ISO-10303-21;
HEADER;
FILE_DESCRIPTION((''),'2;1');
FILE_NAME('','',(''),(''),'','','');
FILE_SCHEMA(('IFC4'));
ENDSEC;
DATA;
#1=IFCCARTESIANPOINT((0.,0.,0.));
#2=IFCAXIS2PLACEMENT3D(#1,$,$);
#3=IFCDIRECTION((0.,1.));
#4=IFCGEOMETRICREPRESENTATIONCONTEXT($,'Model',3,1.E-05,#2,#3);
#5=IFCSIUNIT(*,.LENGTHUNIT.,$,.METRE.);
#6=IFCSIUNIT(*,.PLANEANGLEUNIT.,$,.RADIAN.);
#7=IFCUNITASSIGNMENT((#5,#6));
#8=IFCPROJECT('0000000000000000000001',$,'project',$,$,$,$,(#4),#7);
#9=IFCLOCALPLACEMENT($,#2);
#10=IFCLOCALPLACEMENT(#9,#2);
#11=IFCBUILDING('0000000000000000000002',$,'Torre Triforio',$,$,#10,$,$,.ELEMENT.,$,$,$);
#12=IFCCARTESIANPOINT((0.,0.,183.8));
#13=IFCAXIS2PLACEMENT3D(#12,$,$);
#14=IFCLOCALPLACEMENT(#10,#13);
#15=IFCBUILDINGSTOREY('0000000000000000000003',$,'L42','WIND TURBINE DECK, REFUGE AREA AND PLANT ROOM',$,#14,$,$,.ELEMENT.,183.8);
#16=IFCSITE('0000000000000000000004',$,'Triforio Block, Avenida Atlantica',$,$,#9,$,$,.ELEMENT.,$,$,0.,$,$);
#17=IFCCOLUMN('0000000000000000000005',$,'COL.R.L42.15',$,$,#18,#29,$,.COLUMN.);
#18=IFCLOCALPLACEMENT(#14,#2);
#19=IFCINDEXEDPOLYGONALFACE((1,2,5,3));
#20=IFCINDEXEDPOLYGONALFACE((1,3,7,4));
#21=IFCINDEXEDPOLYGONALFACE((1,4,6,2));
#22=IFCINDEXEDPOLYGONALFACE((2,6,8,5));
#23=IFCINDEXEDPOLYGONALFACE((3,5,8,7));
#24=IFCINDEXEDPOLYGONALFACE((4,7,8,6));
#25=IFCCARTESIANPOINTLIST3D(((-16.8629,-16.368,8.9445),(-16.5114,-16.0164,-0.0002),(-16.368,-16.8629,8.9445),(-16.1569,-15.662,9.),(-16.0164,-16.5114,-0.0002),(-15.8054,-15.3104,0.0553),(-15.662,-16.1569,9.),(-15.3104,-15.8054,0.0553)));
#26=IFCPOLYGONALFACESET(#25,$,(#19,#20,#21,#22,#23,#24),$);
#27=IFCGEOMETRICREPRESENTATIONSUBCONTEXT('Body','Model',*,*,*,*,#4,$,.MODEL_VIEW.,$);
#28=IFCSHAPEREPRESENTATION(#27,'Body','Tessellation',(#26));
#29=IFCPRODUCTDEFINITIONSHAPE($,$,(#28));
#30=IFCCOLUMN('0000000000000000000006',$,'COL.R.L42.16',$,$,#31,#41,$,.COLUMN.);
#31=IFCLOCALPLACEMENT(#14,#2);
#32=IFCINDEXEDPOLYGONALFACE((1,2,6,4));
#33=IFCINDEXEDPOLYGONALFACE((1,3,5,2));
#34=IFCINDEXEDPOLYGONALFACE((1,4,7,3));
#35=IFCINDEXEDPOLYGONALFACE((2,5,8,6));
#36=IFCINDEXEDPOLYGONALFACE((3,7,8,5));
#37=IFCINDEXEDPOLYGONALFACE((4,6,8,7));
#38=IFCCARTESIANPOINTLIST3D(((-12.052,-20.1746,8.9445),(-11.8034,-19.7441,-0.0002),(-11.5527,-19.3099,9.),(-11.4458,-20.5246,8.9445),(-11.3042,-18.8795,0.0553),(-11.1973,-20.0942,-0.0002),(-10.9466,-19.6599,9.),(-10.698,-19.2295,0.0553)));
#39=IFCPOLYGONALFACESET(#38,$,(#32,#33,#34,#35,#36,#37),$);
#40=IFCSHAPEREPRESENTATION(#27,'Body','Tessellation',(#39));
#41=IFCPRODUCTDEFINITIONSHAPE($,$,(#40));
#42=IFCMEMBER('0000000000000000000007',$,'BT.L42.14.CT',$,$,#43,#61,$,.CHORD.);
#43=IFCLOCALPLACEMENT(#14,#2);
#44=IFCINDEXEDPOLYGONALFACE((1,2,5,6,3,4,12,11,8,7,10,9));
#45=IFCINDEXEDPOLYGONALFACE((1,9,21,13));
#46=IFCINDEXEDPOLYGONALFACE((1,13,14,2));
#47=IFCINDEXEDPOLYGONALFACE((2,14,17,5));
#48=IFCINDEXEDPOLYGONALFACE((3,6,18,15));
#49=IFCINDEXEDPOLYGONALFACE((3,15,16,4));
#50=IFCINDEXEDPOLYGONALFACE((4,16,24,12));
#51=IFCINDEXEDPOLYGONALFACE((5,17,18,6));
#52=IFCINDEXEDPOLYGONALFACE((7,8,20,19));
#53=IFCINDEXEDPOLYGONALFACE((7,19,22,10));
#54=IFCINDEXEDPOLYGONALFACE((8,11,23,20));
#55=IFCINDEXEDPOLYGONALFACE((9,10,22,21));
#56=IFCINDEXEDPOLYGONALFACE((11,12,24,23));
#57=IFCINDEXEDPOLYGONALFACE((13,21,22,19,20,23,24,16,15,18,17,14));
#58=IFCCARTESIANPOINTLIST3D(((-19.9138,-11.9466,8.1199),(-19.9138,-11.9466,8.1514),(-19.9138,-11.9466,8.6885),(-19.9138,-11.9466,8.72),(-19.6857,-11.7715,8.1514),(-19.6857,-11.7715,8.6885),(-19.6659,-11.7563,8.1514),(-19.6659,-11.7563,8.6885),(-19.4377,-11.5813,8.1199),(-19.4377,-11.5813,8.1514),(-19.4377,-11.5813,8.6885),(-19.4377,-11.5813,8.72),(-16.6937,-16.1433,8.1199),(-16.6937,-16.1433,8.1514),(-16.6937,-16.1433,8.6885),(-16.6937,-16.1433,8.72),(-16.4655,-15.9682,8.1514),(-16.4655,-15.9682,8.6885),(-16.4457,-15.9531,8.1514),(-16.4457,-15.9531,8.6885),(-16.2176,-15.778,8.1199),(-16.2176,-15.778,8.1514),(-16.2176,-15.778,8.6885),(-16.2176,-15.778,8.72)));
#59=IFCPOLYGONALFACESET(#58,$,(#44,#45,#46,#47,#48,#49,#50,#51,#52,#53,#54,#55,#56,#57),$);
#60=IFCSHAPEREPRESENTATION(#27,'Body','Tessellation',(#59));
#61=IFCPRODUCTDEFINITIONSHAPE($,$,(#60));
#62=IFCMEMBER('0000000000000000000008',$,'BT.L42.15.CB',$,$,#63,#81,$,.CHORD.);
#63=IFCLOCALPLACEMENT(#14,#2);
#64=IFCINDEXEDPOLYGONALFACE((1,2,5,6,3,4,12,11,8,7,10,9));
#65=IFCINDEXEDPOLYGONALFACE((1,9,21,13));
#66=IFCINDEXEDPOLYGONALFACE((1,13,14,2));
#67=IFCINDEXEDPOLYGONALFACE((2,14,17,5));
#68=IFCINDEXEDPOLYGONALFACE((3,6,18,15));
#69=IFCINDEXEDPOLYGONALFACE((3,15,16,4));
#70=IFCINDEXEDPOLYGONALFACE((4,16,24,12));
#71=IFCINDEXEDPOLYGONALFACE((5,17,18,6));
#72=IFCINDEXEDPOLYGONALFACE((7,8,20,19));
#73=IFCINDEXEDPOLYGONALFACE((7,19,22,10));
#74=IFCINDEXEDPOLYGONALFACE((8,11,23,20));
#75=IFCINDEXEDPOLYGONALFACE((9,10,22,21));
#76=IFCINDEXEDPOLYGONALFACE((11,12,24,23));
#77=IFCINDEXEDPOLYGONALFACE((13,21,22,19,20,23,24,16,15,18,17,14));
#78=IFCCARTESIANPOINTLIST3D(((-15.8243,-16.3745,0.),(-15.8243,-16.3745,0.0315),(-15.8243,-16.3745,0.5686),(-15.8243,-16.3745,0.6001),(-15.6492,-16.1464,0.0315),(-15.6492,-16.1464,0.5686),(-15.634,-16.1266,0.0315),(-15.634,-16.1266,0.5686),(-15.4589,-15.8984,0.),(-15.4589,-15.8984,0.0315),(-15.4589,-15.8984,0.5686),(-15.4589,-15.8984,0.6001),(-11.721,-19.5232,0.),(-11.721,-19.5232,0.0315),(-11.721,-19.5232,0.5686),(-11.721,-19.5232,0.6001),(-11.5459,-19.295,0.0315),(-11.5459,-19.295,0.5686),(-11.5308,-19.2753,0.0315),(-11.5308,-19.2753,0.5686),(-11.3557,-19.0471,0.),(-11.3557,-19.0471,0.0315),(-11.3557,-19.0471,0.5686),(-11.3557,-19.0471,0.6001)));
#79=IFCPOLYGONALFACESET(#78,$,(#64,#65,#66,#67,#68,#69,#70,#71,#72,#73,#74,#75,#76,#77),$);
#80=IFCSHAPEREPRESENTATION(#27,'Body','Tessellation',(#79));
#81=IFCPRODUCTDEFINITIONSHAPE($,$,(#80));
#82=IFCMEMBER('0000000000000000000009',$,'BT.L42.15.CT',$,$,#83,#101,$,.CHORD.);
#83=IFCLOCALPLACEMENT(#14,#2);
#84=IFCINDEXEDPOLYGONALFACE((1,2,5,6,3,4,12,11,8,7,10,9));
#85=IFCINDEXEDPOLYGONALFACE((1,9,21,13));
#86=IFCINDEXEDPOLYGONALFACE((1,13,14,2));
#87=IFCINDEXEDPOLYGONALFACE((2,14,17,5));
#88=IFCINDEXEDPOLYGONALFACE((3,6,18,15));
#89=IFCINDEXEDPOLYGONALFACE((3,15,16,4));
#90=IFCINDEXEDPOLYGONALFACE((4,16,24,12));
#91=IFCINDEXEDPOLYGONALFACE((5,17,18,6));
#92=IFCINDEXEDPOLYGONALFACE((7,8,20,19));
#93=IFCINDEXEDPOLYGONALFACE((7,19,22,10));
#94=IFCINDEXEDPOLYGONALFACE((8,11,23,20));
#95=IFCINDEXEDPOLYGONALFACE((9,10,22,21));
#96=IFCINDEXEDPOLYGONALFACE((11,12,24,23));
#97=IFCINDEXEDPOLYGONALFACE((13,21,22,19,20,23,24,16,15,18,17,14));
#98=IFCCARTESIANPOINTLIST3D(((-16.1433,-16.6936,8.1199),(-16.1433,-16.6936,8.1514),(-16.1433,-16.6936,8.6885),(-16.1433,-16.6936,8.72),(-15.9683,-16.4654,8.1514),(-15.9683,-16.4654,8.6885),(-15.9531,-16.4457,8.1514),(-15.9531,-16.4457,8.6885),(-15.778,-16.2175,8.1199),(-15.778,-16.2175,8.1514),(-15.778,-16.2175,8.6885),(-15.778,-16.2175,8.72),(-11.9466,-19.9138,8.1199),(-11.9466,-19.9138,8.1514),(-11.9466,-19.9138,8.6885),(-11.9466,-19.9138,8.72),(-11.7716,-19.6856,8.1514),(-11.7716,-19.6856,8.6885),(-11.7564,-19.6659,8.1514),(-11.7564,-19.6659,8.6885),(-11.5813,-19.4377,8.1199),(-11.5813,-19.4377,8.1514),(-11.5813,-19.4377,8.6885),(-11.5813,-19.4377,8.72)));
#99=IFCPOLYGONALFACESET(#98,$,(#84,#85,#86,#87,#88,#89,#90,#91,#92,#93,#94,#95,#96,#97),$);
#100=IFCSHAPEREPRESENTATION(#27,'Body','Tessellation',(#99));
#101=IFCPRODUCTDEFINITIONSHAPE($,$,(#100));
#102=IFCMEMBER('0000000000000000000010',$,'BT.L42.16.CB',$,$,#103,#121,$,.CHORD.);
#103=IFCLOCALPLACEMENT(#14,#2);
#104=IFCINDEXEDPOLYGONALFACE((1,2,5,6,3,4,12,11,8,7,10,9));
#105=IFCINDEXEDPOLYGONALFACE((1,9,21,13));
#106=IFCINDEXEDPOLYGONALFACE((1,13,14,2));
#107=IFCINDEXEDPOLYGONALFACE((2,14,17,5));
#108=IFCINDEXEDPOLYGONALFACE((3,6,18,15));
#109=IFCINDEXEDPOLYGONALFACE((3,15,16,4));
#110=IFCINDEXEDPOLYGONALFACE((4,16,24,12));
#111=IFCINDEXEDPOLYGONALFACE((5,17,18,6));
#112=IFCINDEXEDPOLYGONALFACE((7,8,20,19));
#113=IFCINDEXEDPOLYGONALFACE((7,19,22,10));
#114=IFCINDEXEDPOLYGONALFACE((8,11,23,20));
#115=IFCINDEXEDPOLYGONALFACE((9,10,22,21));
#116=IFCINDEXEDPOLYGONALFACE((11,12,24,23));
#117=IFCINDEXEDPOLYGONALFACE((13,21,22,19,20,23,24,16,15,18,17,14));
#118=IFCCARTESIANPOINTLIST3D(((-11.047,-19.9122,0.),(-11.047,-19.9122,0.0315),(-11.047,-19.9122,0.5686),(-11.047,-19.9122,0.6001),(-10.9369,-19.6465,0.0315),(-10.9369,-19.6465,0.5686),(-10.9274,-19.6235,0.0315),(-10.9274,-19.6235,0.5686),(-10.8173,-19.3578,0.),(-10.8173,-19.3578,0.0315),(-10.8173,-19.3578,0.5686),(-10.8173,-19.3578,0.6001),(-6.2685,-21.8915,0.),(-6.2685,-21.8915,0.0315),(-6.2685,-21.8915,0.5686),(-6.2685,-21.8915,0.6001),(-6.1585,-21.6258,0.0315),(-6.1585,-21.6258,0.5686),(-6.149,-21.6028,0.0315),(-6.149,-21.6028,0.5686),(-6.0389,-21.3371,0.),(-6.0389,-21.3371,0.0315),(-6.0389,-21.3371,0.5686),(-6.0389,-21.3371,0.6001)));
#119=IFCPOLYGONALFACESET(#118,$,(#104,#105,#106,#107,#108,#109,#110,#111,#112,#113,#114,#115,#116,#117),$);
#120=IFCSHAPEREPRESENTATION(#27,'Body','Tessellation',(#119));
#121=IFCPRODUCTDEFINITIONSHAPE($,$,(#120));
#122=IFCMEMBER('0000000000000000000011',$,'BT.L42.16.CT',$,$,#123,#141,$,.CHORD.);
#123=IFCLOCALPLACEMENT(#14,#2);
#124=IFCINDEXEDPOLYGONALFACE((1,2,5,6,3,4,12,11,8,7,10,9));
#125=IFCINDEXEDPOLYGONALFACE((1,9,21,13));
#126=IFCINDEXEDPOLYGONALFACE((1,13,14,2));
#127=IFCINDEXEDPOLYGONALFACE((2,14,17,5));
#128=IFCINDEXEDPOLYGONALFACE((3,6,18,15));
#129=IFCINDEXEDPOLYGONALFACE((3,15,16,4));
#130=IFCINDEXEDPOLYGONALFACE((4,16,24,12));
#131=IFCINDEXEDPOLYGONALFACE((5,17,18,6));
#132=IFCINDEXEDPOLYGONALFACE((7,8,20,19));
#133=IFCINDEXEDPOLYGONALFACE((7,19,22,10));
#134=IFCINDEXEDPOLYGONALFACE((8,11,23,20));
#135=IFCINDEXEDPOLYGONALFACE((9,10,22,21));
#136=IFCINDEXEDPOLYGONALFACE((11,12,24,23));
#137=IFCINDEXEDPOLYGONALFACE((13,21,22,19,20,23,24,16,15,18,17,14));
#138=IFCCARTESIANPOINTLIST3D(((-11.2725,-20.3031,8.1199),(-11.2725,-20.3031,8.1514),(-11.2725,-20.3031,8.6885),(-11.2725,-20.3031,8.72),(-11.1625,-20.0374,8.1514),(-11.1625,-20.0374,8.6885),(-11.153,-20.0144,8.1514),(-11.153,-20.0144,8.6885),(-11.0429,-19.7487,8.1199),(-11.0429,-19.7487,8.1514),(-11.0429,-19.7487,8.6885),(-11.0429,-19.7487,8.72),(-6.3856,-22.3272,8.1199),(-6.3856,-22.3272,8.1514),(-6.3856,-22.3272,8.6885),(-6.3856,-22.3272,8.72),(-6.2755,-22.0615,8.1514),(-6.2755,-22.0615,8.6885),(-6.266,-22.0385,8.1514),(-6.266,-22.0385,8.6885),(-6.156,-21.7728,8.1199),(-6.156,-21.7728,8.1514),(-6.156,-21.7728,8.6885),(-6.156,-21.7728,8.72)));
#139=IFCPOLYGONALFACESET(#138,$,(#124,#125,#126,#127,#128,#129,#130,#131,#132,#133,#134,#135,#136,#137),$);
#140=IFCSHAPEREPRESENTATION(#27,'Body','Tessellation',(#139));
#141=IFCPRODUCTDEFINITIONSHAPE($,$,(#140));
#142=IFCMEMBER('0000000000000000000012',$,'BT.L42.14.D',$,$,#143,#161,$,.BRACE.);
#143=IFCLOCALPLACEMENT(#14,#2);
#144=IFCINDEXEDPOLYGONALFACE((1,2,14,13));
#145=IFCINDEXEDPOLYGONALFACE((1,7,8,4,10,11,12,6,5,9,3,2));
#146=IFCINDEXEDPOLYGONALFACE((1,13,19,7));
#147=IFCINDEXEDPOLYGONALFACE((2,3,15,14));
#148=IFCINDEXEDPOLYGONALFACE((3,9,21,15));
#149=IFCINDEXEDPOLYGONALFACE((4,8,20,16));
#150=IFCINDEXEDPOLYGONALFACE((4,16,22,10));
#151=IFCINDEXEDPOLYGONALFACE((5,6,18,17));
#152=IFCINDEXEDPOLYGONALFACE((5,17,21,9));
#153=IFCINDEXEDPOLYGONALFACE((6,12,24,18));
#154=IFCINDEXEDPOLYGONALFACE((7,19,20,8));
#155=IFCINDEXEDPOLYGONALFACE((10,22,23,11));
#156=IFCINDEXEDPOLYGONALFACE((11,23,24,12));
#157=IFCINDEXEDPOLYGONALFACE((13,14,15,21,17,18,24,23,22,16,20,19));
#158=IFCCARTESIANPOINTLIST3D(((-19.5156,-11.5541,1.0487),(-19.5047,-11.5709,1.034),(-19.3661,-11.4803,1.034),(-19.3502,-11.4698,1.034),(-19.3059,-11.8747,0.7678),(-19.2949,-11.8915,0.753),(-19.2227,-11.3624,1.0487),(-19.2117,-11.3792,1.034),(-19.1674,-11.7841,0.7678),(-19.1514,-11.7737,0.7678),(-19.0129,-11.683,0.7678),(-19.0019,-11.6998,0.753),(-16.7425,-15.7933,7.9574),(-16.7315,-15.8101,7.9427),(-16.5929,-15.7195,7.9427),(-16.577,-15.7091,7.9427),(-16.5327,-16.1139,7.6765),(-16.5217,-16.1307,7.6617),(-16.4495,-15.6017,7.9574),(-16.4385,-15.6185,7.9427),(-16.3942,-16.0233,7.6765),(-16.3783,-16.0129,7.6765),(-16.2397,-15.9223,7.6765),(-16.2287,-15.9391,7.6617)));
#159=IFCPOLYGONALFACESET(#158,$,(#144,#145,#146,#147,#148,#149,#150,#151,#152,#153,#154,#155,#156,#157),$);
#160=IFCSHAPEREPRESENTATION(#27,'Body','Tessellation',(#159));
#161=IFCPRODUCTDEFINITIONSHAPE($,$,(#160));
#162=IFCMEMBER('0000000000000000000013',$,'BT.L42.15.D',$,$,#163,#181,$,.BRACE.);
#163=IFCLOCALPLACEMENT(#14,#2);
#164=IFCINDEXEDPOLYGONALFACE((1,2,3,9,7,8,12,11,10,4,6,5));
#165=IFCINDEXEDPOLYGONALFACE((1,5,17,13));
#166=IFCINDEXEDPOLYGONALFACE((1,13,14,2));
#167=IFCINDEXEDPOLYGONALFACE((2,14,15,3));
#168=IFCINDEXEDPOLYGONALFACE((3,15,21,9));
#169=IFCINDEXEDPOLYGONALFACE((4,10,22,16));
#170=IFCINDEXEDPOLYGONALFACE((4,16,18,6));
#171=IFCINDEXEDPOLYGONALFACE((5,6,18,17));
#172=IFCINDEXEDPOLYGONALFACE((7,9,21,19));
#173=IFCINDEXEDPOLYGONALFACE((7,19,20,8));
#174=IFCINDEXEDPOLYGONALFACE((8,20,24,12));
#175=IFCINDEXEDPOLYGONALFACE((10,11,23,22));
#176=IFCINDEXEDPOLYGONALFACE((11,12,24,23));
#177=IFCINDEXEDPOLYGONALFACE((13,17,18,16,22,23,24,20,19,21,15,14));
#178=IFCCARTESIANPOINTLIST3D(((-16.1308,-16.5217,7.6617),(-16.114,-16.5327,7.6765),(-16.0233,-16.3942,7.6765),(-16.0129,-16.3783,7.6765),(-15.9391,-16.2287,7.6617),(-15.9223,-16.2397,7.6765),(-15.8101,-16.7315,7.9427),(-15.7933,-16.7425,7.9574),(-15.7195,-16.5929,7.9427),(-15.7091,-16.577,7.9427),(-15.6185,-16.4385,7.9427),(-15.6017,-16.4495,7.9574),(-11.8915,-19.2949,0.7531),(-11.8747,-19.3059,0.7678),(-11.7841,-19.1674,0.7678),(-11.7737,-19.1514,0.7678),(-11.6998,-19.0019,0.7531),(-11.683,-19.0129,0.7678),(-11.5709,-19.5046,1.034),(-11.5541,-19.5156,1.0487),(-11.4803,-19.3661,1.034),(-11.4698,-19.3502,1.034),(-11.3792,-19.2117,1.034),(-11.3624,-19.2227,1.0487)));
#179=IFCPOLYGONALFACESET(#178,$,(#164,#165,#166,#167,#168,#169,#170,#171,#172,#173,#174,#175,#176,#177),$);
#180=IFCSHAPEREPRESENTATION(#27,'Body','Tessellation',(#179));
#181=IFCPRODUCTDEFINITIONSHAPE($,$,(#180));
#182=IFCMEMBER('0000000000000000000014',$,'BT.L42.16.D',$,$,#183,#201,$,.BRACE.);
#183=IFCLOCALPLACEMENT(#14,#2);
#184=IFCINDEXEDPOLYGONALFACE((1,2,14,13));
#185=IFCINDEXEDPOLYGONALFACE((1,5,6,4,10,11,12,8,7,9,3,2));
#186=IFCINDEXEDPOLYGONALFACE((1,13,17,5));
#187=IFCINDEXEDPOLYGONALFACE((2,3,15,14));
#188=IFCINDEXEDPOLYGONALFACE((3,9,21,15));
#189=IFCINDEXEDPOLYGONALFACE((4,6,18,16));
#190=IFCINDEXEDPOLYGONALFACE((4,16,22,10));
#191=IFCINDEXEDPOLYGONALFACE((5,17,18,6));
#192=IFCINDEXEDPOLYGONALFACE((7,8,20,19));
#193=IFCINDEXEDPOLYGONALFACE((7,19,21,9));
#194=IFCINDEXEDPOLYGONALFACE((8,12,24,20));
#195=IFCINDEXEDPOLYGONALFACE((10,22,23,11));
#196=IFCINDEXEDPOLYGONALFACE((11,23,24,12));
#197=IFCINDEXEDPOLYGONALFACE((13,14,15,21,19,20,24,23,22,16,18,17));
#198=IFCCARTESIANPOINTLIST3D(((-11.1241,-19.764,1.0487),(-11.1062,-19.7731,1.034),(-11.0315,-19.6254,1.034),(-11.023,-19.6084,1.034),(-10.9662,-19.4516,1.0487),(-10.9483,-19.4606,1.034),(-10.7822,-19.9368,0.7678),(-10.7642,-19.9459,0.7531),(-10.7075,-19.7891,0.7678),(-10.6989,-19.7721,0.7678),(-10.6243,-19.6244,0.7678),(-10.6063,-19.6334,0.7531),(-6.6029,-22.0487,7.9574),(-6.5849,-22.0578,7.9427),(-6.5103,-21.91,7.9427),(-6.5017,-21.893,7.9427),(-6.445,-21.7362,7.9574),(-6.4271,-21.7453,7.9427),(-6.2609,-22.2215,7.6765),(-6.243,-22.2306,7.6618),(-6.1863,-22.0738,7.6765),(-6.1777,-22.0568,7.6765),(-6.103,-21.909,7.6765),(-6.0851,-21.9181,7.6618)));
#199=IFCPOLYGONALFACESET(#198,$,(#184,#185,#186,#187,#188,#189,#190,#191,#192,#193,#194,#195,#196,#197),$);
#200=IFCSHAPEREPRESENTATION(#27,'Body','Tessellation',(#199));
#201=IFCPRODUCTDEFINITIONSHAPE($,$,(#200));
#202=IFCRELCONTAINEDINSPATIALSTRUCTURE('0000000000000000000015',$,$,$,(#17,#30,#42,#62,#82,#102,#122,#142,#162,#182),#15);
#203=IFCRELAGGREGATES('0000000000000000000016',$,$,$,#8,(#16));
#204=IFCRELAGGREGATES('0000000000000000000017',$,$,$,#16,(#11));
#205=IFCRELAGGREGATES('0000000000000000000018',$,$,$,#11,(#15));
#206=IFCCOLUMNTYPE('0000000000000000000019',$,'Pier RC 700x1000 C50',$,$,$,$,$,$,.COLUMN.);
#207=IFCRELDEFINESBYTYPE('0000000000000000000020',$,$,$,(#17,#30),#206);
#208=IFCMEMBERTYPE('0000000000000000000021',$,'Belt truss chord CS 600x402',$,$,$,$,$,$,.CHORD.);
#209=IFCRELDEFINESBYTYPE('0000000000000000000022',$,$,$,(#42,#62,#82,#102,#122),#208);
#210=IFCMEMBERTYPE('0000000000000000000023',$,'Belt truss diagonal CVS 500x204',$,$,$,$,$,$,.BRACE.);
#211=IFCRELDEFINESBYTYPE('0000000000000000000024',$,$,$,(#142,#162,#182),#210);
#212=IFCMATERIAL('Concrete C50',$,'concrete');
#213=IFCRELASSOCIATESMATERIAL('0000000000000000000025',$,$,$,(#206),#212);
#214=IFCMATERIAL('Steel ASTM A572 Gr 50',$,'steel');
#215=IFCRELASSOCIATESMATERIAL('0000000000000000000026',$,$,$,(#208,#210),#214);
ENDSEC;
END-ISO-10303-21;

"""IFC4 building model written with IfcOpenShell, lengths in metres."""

from ifc_helpers import new_model, si_unit, direction, frame, origin, origin_2d, place, context, subcontext, project, spatial, rectangle, i_section, extrude, material, material_profile, profile_set, type_object, element, save


model = new_model("IFC4")

# Units and contexts
model_context = context("Model", 3, precision=1e-05, world=origin(), true_north=direction((0.0, 1.0)))
body_context = subcontext(model_context, "Body", "Model", "MODEL_VIEW")
ifc_project = project(units=[si_unit("LENGTHUNIT", "METRE"), si_unit("PLANEANGLEUNIT", "RADIAN")], contexts=[model_context])

# Site, building, storey
site_placement = place(None, origin())
site = spatial("IfcSite", under=ifc_project, at=site_placement, Name="Triforio Block, Avenida Atlantica", CompositionType="ELEMENT", RefElevation=0.0)
building_placement = place(site_placement, origin())
building = spatial("IfcBuilding", under=site, at=building_placement, Name="Torre Triforio", CompositionType="ELEMENT")
storey_placement = place(building_placement, frame((0.0, 0.0, 183.8)))
storey = spatial("IfcBuildingStorey", under=building, at=storey_placement, Name="L42", Description="WIND TURBINE DECK, REFUGE AREA AND PLANT ROOM", CompositionType="ELEMENT", Elevation=183.8)

# Columns
ifc_material_1 = material(Name="Concrete C50", Category="concrete")
ifc_material_profile_1 = material_profile(ifc_material_1, rectangle(XDim=0.7, YDim=1.0, at=origin_2d()), Name="RC 700x1000")
ifc_profile_set_1 = profile_set([ifc_material_profile_1], Name="Concrete C50")
column_type = type_object("IfcColumnType", Name="Pier RC 700x1000 C50", PredefinedType="COLUMN", material=ifc_profile_set_1)
for number, where, z_axis, x_axis, name in (
    (1, (-15.9109, -15.9109, 0.0276), (-0.039244, -0.039244, 0.998459), (0.707107, -0.707107, 0.0), "COL.R.L42.15"),
    (2, (-11.2507, -19.4868, 0.0276), (-0.027743, -0.048047, 0.99846), (0.865997, -0.500048, 0.0), "COL.R.L42.16"),
):
    element("IfcColumn", number, at=place(storey_placement, frame(where, z_axis=z_axis, x_axis=x_axis)), inside=storey, type_object=column_type, Name=name, PredefinedType="COLUMN", context=body_context, shape_type="SweptSolid", body=[
        extrude(rectangle(XDim=0.7, YDim=1.0, at=origin_2d()), origin(), (0.0, 0.0, 1.0), 8.9585),
    ])

# Members
ifc_material_2 = material(Name="Steel ASTM A572 Gr 50", Category="steel")
ifc_material_profile_2 = material_profile(ifc_material_2, i_section(OverallWidth=0.6001, OverallDepth=0.6001, WebThickness=0.0249, FlangeThickness=0.0315, at=origin_2d()), Name="CS 600x402")
ifc_profile_set_2 = profile_set([ifc_material_profile_2], Name="Steel ASTM A572 Gr 50")
member_type_1 = type_object("IfcMemberType", Name="Belt truss chord CS 600x402", PredefinedType="CHORD", material=ifc_profile_set_2)
member_1_placement = place(storey_placement, frame((-19.6758, -11.7639, 8.4199), z_axis=(0.608751, -0.793361, 0.0), x_axis=(0.793361, 0.608751, 0.0)))
element("IfcMember", 3, at=member_1_placement, inside=storey, type_object=member_type_1, Name="BT.L42.14.CT", PredefinedType="CHORD", context=body_context, shape_type="SweptSolid", body=[
    extrude(i_section(OverallWidth=0.6001, OverallDepth=0.6001, WebThickness=0.0249, FlangeThickness=0.0315, at=origin_2d()), origin(), (0.0, 0.0, 1.0), 5.2898),
])
member_2_placement = place(storey_placement, frame((-15.6416, -16.1365, 0.3), z_axis=(0.793341, -0.608777, 0.0), x_axis=(0.608777, 0.793341, 0.0)))
element("IfcMember", 4, at=member_2_placement, inside=storey, type_object=member_type_1, Name="BT.L42.15.CB", PredefinedType="CHORD", context=body_context, shape_type="SweptSolid", body=[
    extrude(i_section(OverallWidth=0.6001, OverallDepth=0.6001, WebThickness=0.0249, FlangeThickness=0.0315, at=origin_2d()), origin(), (0.0, 0.0, 1.0), 5.1721),
])
member_3_placement = place(storey_placement, frame((-15.9607, -16.4556, 8.4199), z_axis=(0.793361, -0.608751, 0.0), x_axis=(0.608751, 0.793361, 0.0)))
element("IfcMember", 5, at=member_3_placement, inside=storey, type_object=member_type_1, Name="BT.L42.15.CT", PredefinedType="CHORD", context=body_context, shape_type="SweptSolid", body=[
    extrude(i_section(OverallWidth=0.6001, OverallDepth=0.6001, WebThickness=0.0249, FlangeThickness=0.0315, at=origin_2d()), origin(), (0.0, 0.0, 1.0), 5.2898),
])
member_4_placement = place(storey_placement, frame((-10.9321, -19.635, 0.3), z_axis=(0.923879, -0.382684, 0.0), x_axis=(0.382684, 0.923879, 0.0)))
element("IfcMember", 6, at=member_4_placement, inside=storey, type_object=member_type_1, Name="BT.L42.16.CB", PredefinedType="CHORD", context=body_context, shape_type="SweptSolid", body=[
    extrude(i_section(OverallWidth=0.6001, OverallDepth=0.6001, WebThickness=0.0249, FlangeThickness=0.0315, at=origin_2d()), origin(), (0.0, 0.0, 1.0), 5.1721),
])
member_5_placement = place(storey_placement, frame((-11.1577, -20.0259, 8.4199), z_axis=(0.923885, -0.382671, 0.0), x_axis=(0.382671, 0.923885, 0.0)))
element("IfcMember", 7, at=member_5_placement, inside=storey, type_object=member_type_1, Name="BT.L42.16.CT", PredefinedType="CHORD", context=body_context, shape_type="SweptSolid", body=[
    extrude(i_section(OverallWidth=0.6001, OverallDepth=0.6001, WebThickness=0.0249, FlangeThickness=0.0315, at=origin_2d()), origin(), (0.0, 0.0, 1.0), 5.2896),
])
ifc_material_profile_3 = material_profile(ifc_material_2, i_section(OverallWidth=0.3501, OverallDepth=0.5, WebThickness=0.019, FlangeThickness=0.0249, at=origin_2d()), Name="CVS 500x204")
ifc_profile_set_3 = profile_set([ifc_material_profile_3], Name="Steel ASTM A572 Gr 50")
member_type_2 = type_object("IfcMemberType", Name="Belt truss diagonal CVS 500x204", PredefinedType="BRACE", material=ifc_profile_set_3)
for number, where, z_axis, x_axis, name in (
    (8, (-19.2588, -11.627, 0.9009), (0.32371, -0.494841, 0.806439), (0.836846, 0.547439, 0.0), "BT.L42.14.D"),
    (9, (-15.8662, -16.4856, 7.8096), (0.494841, -0.32371, -0.806439), (0.547439, 0.836846, 0.0), "BT.L42.15.D"),
    (10, (-10.8652, -19.6987, 0.9009), (0.527758, -0.266686, 0.806442), (0.451007, 0.89252, 0.0), "BT.L42.16.D"),
):
    element("IfcMember", number, at=place(storey_placement, frame(where, z_axis=z_axis, x_axis=x_axis)), inside=storey, type_object=member_type_2, Name=name, PredefinedType="BRACE", context=body_context, shape_type="SweptSolid", body=[
        extrude(i_section(OverallWidth=0.3501, OverallDepth=0.5, WebThickness=0.019, FlangeThickness=0.0249, at=origin_2d()), origin(), (0.0, 0.0, 1.0), 8.5669),
    ])

save(model, "model.ifc")
